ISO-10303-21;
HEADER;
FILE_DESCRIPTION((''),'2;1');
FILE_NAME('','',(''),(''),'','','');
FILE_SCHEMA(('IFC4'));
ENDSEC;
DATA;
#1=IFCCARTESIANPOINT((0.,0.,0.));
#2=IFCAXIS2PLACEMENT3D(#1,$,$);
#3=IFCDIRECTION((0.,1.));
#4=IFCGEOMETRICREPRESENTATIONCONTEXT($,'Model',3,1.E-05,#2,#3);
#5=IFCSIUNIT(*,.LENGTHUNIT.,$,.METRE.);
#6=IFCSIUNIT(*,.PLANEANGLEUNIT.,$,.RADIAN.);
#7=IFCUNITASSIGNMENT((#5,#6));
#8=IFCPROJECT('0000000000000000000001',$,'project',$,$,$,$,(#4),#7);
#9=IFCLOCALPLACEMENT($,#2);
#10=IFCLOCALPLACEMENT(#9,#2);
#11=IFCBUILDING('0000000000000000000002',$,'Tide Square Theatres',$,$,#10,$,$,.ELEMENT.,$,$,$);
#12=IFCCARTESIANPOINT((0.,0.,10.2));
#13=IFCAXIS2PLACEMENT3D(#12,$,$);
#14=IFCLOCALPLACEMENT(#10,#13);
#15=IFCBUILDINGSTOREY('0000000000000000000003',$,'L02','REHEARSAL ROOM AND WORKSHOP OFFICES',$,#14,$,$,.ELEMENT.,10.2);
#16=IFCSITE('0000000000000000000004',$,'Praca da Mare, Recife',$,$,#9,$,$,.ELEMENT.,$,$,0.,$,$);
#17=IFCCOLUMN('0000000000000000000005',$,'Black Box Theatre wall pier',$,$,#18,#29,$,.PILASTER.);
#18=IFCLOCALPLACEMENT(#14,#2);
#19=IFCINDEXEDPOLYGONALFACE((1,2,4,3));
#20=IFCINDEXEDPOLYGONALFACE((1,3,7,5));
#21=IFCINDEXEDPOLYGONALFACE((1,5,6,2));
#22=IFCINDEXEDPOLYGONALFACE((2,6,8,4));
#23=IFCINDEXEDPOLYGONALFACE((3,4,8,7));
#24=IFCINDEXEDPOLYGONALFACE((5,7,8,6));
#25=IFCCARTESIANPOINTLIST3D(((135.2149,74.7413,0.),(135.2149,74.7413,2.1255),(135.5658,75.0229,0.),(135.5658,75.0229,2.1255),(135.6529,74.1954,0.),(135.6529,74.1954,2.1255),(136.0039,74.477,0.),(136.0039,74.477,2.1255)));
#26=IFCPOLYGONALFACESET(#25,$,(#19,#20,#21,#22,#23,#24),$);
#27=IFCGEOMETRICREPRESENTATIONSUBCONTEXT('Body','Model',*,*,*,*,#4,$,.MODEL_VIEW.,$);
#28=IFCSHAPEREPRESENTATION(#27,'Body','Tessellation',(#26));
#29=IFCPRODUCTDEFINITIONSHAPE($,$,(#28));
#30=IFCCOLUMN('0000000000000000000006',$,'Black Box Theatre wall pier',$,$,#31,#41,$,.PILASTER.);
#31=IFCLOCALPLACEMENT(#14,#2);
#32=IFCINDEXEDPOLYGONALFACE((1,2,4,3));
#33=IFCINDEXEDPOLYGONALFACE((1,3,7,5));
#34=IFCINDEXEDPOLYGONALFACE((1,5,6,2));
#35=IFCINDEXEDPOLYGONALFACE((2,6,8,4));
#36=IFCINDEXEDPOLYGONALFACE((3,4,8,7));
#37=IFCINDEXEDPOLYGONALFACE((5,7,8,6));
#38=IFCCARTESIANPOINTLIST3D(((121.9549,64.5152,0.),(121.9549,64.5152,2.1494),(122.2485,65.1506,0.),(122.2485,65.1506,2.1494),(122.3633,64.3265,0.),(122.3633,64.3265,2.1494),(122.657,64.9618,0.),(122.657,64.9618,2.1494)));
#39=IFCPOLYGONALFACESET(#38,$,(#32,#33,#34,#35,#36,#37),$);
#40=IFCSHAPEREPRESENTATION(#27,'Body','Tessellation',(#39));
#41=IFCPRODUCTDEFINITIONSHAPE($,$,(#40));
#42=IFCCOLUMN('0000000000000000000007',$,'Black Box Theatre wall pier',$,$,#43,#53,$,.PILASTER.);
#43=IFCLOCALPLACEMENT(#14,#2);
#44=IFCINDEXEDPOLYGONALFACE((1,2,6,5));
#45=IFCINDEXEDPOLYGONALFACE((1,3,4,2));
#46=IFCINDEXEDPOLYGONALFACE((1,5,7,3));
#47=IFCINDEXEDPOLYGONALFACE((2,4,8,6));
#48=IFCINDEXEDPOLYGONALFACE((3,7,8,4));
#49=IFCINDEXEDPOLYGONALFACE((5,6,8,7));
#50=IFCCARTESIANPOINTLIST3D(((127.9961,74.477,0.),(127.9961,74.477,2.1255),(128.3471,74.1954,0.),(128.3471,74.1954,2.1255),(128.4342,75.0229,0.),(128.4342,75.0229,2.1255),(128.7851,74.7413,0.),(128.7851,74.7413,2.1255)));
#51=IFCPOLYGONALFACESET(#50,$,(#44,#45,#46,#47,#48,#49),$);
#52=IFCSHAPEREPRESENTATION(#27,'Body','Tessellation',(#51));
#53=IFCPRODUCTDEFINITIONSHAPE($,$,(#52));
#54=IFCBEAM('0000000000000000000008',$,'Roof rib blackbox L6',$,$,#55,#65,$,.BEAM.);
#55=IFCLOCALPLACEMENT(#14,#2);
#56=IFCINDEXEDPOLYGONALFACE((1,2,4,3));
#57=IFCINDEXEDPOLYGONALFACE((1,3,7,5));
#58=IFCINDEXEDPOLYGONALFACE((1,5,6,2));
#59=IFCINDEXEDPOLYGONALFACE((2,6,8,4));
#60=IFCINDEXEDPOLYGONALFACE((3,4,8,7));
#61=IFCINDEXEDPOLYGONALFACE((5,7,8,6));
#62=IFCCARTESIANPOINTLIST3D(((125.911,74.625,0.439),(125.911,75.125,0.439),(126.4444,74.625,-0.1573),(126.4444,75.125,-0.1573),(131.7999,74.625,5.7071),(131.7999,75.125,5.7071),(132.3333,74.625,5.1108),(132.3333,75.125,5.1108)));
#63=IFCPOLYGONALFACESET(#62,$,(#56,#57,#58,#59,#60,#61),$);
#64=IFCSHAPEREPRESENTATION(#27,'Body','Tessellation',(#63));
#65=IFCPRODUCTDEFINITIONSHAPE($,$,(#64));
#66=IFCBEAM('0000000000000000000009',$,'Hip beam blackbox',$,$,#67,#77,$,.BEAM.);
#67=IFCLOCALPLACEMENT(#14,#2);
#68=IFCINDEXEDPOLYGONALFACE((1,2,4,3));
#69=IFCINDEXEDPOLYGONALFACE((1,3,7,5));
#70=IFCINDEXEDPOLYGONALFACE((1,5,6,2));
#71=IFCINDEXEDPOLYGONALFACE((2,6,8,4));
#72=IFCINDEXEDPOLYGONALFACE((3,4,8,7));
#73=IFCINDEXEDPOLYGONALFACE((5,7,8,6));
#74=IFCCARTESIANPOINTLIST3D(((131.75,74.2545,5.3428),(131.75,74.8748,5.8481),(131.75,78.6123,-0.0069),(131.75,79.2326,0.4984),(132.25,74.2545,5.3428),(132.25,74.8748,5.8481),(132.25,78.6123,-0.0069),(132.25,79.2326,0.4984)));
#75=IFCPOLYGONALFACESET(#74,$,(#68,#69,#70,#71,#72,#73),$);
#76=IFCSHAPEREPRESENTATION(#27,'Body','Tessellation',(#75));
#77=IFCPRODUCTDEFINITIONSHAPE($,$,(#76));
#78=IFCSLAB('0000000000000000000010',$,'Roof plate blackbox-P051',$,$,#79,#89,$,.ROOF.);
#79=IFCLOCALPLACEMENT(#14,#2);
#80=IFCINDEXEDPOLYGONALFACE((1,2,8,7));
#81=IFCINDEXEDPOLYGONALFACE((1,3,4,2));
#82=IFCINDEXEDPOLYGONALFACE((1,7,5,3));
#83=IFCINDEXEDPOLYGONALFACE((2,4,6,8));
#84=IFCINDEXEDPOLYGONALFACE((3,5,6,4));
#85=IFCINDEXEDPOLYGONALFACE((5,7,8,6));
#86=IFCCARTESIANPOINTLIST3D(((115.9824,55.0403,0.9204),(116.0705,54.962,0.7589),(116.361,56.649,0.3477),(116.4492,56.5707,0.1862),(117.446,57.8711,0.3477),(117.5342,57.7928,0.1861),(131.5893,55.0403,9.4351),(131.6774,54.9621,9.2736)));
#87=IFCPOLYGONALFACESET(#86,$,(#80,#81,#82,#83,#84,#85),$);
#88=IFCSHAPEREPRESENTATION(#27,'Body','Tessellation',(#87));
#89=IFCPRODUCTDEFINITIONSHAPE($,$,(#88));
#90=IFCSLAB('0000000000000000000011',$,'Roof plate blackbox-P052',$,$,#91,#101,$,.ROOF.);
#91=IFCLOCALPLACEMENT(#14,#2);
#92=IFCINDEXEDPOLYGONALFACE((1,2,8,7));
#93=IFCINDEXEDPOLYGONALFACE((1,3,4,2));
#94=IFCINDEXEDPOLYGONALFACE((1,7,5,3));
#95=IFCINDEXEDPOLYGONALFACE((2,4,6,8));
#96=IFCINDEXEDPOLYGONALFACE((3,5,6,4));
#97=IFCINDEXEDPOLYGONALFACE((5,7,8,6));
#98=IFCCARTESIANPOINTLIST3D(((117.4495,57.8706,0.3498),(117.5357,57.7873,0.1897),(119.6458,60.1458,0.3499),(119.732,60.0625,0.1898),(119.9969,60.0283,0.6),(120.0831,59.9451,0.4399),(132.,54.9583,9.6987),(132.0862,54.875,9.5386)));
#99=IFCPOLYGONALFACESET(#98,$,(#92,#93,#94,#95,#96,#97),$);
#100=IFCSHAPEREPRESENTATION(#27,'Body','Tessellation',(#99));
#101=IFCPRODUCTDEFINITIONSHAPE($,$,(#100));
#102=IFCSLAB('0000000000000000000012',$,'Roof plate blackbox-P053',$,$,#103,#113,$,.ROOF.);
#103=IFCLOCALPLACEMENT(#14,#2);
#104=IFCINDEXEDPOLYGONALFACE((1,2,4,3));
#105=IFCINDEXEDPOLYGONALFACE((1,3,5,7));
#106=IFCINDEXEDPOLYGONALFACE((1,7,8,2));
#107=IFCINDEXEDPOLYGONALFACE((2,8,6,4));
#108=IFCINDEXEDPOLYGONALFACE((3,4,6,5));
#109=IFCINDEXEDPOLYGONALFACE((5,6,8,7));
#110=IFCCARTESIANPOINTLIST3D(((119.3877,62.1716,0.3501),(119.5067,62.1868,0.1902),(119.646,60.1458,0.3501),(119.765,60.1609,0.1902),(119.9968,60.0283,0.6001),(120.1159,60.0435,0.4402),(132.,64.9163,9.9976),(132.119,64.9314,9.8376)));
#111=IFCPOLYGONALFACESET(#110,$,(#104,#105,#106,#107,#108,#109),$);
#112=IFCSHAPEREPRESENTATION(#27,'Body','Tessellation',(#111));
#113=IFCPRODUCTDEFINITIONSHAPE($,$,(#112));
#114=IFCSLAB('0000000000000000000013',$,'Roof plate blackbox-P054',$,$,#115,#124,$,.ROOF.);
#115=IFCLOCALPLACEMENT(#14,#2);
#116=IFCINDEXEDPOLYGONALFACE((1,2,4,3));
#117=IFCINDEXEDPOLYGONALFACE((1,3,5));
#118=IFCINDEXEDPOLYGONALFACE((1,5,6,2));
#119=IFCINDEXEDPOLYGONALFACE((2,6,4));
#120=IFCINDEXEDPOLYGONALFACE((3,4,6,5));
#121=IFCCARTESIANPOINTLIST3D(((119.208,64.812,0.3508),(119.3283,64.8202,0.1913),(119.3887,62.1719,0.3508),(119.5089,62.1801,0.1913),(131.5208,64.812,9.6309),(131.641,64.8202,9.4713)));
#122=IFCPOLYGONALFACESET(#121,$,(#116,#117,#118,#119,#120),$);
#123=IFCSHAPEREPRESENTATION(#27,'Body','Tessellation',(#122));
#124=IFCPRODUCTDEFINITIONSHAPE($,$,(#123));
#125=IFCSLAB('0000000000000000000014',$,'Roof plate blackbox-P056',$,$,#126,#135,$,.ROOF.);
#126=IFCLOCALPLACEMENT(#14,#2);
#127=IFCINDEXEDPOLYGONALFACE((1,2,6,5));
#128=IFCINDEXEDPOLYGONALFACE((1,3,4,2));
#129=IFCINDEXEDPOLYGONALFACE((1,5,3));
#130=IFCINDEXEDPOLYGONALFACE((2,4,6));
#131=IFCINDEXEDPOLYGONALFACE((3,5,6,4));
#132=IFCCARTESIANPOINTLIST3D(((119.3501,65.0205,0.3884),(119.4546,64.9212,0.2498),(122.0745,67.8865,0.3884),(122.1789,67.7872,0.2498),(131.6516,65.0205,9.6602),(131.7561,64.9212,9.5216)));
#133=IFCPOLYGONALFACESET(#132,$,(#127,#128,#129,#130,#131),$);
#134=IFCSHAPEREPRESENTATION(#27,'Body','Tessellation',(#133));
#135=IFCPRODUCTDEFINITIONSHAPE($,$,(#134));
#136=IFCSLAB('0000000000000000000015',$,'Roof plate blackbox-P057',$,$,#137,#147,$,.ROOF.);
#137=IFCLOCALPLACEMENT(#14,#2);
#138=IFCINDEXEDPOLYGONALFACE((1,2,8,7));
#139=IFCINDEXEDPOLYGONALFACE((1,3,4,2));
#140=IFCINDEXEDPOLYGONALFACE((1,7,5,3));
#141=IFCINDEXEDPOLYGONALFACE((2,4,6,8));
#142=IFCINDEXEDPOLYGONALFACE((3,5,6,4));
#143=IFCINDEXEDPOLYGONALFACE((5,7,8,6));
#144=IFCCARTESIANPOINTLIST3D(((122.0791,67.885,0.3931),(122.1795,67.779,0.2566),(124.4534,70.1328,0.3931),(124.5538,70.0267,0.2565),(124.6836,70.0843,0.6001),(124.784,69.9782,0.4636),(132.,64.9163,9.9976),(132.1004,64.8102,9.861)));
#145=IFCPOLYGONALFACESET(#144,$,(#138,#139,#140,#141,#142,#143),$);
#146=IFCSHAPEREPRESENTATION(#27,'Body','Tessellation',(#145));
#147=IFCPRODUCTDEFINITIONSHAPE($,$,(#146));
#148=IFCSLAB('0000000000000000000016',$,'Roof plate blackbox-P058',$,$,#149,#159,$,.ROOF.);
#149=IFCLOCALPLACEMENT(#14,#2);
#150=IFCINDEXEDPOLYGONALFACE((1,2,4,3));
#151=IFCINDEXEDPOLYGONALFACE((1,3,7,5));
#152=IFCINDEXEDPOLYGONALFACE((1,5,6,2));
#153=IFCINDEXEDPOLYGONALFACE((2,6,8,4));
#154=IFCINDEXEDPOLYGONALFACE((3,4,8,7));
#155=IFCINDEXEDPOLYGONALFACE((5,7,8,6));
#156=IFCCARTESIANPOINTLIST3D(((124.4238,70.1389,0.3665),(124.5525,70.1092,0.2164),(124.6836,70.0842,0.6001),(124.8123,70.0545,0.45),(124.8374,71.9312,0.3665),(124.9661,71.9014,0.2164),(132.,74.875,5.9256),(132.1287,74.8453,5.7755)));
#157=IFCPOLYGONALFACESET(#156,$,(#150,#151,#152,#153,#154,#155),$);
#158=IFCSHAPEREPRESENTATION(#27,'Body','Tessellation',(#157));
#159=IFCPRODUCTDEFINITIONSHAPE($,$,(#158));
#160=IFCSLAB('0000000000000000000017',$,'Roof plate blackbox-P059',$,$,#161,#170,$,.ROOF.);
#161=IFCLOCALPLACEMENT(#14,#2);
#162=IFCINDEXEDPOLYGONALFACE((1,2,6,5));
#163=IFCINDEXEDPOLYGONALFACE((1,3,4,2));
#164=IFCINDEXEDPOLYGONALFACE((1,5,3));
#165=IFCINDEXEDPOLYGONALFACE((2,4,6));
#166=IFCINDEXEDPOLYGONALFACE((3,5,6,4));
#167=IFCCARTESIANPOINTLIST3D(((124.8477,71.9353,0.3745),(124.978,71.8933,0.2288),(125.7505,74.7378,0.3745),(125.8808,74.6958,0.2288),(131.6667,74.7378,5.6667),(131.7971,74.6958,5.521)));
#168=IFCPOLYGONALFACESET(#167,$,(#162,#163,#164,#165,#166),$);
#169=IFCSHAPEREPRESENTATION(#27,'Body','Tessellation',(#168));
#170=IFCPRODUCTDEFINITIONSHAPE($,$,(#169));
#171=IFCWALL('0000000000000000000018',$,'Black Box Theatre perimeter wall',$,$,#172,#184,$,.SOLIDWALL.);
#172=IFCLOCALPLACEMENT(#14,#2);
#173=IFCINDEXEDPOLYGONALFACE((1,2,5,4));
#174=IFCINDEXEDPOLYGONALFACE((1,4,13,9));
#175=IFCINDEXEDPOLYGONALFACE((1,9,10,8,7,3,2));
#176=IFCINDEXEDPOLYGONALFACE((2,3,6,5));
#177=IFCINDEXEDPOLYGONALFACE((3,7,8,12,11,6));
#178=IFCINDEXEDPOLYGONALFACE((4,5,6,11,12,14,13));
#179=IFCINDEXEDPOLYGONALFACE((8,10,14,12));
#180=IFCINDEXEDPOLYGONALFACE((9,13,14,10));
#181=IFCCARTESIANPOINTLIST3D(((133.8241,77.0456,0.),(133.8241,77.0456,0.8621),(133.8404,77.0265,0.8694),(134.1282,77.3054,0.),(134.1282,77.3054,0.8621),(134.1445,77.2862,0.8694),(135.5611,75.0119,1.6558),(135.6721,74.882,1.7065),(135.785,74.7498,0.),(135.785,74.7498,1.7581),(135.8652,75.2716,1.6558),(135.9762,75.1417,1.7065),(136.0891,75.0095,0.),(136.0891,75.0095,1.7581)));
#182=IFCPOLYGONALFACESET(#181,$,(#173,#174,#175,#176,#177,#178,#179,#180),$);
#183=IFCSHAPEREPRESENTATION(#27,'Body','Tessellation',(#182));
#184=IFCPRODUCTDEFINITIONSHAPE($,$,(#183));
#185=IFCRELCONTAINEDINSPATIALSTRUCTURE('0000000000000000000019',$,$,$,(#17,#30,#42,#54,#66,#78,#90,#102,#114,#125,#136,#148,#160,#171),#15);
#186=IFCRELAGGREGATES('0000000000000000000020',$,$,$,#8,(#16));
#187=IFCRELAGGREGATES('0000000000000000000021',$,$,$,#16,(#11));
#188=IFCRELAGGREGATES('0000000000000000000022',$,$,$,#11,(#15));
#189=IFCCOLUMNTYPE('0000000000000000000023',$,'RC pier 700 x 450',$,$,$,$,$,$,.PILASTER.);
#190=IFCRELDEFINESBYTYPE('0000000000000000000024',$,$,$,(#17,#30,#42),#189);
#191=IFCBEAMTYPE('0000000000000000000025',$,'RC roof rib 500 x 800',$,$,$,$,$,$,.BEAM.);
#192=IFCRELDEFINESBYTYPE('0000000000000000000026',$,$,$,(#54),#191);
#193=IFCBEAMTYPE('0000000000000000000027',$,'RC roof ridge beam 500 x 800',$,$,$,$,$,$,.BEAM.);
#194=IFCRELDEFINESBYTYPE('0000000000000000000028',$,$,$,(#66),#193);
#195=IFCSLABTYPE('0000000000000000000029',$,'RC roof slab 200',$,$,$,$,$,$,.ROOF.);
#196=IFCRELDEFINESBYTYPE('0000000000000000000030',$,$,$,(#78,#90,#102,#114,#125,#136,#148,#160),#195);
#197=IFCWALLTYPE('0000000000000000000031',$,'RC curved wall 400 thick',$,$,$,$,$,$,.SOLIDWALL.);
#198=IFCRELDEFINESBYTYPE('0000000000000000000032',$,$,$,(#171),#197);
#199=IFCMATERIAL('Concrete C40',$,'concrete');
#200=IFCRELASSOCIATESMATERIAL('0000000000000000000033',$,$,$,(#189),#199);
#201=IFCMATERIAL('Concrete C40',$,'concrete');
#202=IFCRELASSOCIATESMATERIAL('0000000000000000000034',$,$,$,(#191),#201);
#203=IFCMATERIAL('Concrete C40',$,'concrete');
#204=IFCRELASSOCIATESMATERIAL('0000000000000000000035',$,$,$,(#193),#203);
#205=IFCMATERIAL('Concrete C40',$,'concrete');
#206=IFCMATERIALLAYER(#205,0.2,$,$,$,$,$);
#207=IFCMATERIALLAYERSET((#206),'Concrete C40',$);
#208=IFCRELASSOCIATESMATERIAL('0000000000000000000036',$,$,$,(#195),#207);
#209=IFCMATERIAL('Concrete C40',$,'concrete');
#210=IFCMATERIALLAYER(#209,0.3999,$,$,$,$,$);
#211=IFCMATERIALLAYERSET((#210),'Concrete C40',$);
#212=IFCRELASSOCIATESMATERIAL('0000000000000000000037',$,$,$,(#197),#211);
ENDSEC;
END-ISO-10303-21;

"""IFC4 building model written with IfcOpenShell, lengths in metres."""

from ifc_helpers import new_model, si_unit, direction, frame, origin, origin_2d, place, context, subcontext, project, spatial, polyline, rectangle, outline, extrude, material, layer, layer_set, material_profile, profile_set, type_object, element, save


model = new_model("IFC4")

# Units and contexts
model_context = context("Model", 3, precision=1e-05, world=origin(), true_north=direction((0.0, 1.0)))
body_context = subcontext(model_context, "Body", "Model", "MODEL_VIEW")
ifc_project = project(units=[si_unit("LENGTHUNIT", "METRE"), si_unit("PLANEANGLEUNIT", "RADIAN")], contexts=[model_context])

# Site, building, storey
site_placement = place(None, origin())
site = spatial("IfcSite", under=ifc_project, at=site_placement, Name="Praca da Mare, Recife", CompositionType="ELEMENT", RefElevation=0.0)
building_placement = place(site_placement, origin())
building = spatial("IfcBuilding", under=site, at=building_placement, Name="Tide Square Theatres", CompositionType="ELEMENT")
storey_placement = place(building_placement, frame((0.0, 0.0, 10.2)))
storey = spatial("IfcBuildingStorey", under=building, at=storey_placement, Name="L02", Description="REHEARSAL ROOM AND WORKSHOP OFFICES", CompositionType="ELEMENT", Elevation=10.2)

# Columns
ifc_material_1 = material(Name="Concrete C40", Category="concrete")
ifc_material_profile_1 = material_profile(ifc_material_1, rectangle(XDim=0.7, YDim=0.45, at=origin_2d()))
ifc_profile_set_1 = profile_set([ifc_material_profile_1], Name="Concrete C40")
column_type = type_object("IfcColumnType", Name="RC pier 700 x 450", PredefinedType="PILASTER", material=ifc_profile_set_1)
column_1_placement = place(storey_placement, frame((135.6094, 74.6091, 0.0), z_axis=(0.0, 0.0, 1.0), x_axis=(-0.625819, 0.779968, 0.0)))
element("IfcColumn", 1, at=column_1_placement, inside=storey, type_object=column_type, Name="Black Box Theatre wall pier", PredefinedType="PILASTER", context=body_context, shape_type="SweptSolid", body=[
    extrude(rectangle(XDim=0.7, YDim=0.45, at=origin_2d()), origin(), (0.0, 0.0, 1.0), 2.1255),
])
column_2_placement = place(storey_placement, frame((122.3059, 64.7385, 0.0), z_axis=(0.0, 0.0, 1.0), x_axis=(-0.41956, -0.907728, 0.0)))
element("IfcColumn", 2, at=column_2_placement, inside=storey, type_object=column_type, Name="Black Box Theatre wall pier", PredefinedType="PILASTER", context=body_context, shape_type="SweptSolid", body=[
    extrude(rectangle(XDim=0.7, YDim=0.45, at=origin_2d()), origin(), (0.0, 0.0, 1.0), 2.1494),
])
column_3_placement = place(storey_placement, frame((128.3906, 74.6091, 0.0), z_axis=(0.0, 0.0, 1.0), x_axis=(-0.625819, -0.779968, 0.0)))
element("IfcColumn", 3, at=column_3_placement, inside=storey, type_object=column_type, Name="Black Box Theatre wall pier", PredefinedType="PILASTER", context=body_context, shape_type="SweptSolid", body=[
    extrude(rectangle(XDim=0.7, YDim=0.45, at=origin_2d()), origin(), (0.0, 0.0, 1.0), 2.1255),
])

# Beams
ifc_material_2 = material(Name="Concrete C40", Category="concrete")
ifc_material_profile_2 = material_profile(ifc_material_2, rectangle(XDim=0.5, YDim=0.8, at=origin_2d()))
ifc_profile_set_2 = profile_set([ifc_material_profile_2], Name="Concrete C40")
beam_type_1 = type_object("IfcBeamType", Name="RC roof rib 500 x 800", PredefinedType="BEAM", material=ifc_profile_set_2)
beam_1_placement = place(storey_placement, frame((126.1777, 74.875, 0.1409), z_axis=(0.745302, 0.0, 0.666727), x_axis=(0.0, 1.0, 0.0)))
element("IfcBeam", 4, at=beam_1_placement, inside=storey, type_object=beam_type_1, Name="Roof rib blackbox L6", PredefinedType="BEAM", context=body_context, shape_type="SweptSolid", body=[
    extrude(rectangle(XDim=0.5, YDim=0.8, at=origin_2d()), origin(), (0.0, 0.0, 1.0), 7.9014),
])
ifc_material_3 = material(Name="Concrete C40", Category="concrete")
ifc_material_profile_3 = material_profile(ifc_material_3, rectangle(XDim=0.5, YDim=0.8, at=origin_2d()))
ifc_profile_set_3 = profile_set([ifc_material_profile_3], Name="Concrete C40")
beam_type_2 = type_object("IfcBeamType", Name="RC roof ridge beam 500 x 800", PredefinedType="BEAM", material=ifc_profile_set_3)
beam_2_placement = place(storey_placement, frame((132.0, 74.5647, 5.5955), z_axis=(0.0, 0.631562, -0.775325), x_axis=(-1.0, 0.0, 0.0)))
element("IfcBeam", 5, at=beam_2_placement, inside=storey, type_object=beam_type_2, Name="Hip beam blackbox", PredefinedType="BEAM", context=body_context, shape_type="SweptSolid", body=[
    extrude(rectangle(XDim=0.5, YDim=0.8, at=origin_2d()), origin(), (0.0, 0.0, 1.0), 6.8999),
])

# Slabs
ifc_material_4 = material(Name="Concrete C40", Category="concrete")
ifc_layer_1 = layer(ifc_material_4, 0.2)
ifc_layer_set_1 = layer_set([ifc_layer_1], Name="Concrete C40")
slab_type = type_object("IfcSlabType", Name="RC roof slab 200", PredefinedType="ROOF", material=ifc_layer_set_1)
slab_1_placement = place(storey_placement, frame((117.446, 57.8711, 0.3477), z_axis=(-0.440739, 0.391327, 0.807844), x_axis=(-0.663904, -0.747818, 0.000041)))
element("IfcSlab", 6, at=slab_1_placement, inside=storey, type_object=slab_type, Name="Roof plate blackbox-P051", PredefinedType="ROOF", context=body_context, shape_type="SweptSolid", body=[
    extrude(outline(polyline([(0.0, 0.0), (1.6343, 0.0), (3.0887, 0.9716), (-7.2725, 15.4188), (0.0, 0.0)])), origin(), (0.0, 0.0, -1.0), 0.2),
])
slab_2_placement = place(storey_placement, frame((119.6458, 60.1458, 0.3499), z_axis=(-0.431121, 0.416122, 0.80061), x_axis=(-0.694511, -0.719482, -0.000032)))
element("IfcSlab", 7, at=slab_2_placement, inside=storey, type_object=slab_type, Name="Roof plate blackbox-P052", PredefinedType="ROOF", context=body_context, shape_type="SweptSolid", body=[
    extrude(outline(polyline([(0.0, 0.0), (3.1623, 0.0), (-4.8481, 15.6024), (-0.1593, 0.4175), (0.0, 0.0)])), origin(), (0.0, 0.0, -1.0), 0.2),
])
slab_3_placement = place(storey_placement, frame((119.9968, 60.0283, 0.6001), z_axis=(-0.595337, -0.075895, 0.799884), x_axis=(0.749787, 0.305329, 0.587021)))
element("IfcSlab", 8, at=slab_3_placement, inside=storey, type_object=slab_type, Name="Roof plate blackbox-P053", PredefinedType="ROOF", context=body_context, shape_type="SweptSolid", body=[
    extrude(outline(polyline([(0.0, 0.0), (16.0088, 0.0), (0.0509, 2.2416), (-0.3739, 0.244), (0.0, 0.0)])), origin(), (0.0, 0.0, -1.0), 0.2),
])
slab_4_placement = place(storey_placement, frame((119.208, 64.812, 0.3508), z_axis=(-0.601376, -0.041152, 0.797906), x_axis=(0.06827, -0.997667, 0.0)))
element("IfcSlab", 9, at=slab_4_placement, inside=storey, type_object=slab_type, Name="Roof plate blackbox-P054", PredefinedType="ROOF", context=body_context, shape_type="SweptSolid", body=[
    extrude(outline(polyline([(0.0, 0.0), (2.6463, 0.0), (0.8406, 15.3953), (0.0, 0.0)])), origin(), (0.0, 0.0, -1.0), 0.2),
])
slab_5_placement = place(storey_placement, frame((122.0745, 67.8865, 0.3884), z_axis=(-0.522426, 0.496614, 0.693142), x_axis=(-0.688975, -0.724785, 0.0)))
element("IfcSlab", 10, at=slab_5_placement, inside=storey, type_object=slab_type, Name="Roof plate blackbox-P056", PredefinedType="ROOF", context=body_context, shape_type="SweptSolid", body=[
    extrude(outline(polyline([(0.0, 0.0), (3.9542, 0.0), (-4.5212, 12.8631), (0.0, 0.0)])), origin(), (0.0, 0.0, -1.0), 0.2),
])
slab_6_placement = place(storey_placement, frame((124.4534, 70.1328, 0.3931), z_axis=(-0.502272, 0.530551, 0.682817), x_axis=(-0.726189, -0.687495, 0.00001)))
element("IfcSlab", 11, at=slab_6_placement, inside=storey, type_object=slab_type, Name="Roof plate blackbox-P057", PredefinedType="ROOF", context=body_context, shape_type="SweptSolid", body=[
    extrude(outline(polyline([(0.0, 0.0), (3.2695, 0.0), (-1.8938, 13.1462), (-0.1338, 0.2834), (0.0, 0.0)])), origin(), (0.0, 0.0, -1.0), 0.2),
])
slab_7_placement = place(storey_placement, frame((124.6836, 70.0842, 0.6001), z_axis=(-0.643714, 0.148574, 0.750705), x_axis=(0.714544, 0.467885, 0.520106)))
element("IfcSlab", 12, at=slab_7_placement, inside=storey, type_object=slab_type, Name="Roof plate blackbox-P058", PredefinedType="ROOF", context=body_context, shape_type="SweptSolid", body=[
    extrude(outline(polyline([(0.0, 0.0), (10.2392, 0.0), (0.8525, 1.6621), (-0.2815, 0.214), (0.0, 0.0)])), origin(), (0.0, 0.0, -1.0), 0.2),
])
slab_8_placement = place(storey_placement, frame((125.7505, 74.7378, 0.3745), z_axis=(-0.651841, 0.209993, 0.728702), x_axis=(-0.306635, -0.951827, 0.0)))
element("IfcSlab", 13, at=slab_8_placement, inside=storey, type_object=slab_type, Name="Roof plate blackbox-P059", PredefinedType="ROOF", context=body_context, shape_type="SweptSolid", body=[
    extrude(outline(polyline([(0.0, 0.0), (2.9443, 0.0), (-1.8141, 7.7278), (0.0, 0.0)])), origin(), (0.0, 0.0, -1.0), 0.2),
])

# Wall
ifc_material_5 = material(Name="Concrete C40", Category="concrete")
ifc_layer_2 = layer(ifc_material_5, 0.3999)
ifc_layer_set_2 = layer_set([ifc_layer_2], Name="Concrete C40")
wall_type = type_object("IfcWallType", Name="RC curved wall 400 thick", PredefinedType="SOLIDWALL", material=ifc_layer_set_2)
wall_1_placement = place(storey_placement, frame((135.937, 74.8796, 0.0), z_axis=(0.0, 0.0, 1.0), x_axis=(-0.649459, 0.760397, 0.0)))
element("IfcWall", 14, at=wall_1_placement, inside=storey, type_object=wall_type, Name="Black Box Theatre perimeter wall", PredefinedType="SOLIDWALL", context=body_context, shape_type="SweptSolid", body=[
    extrude(outline(polyline([(0.0, 0.0), (3.0193, 0.0), (3.0193, 0.8621), (2.9941, 0.8694), (0.3447, 1.6558), (0.1738, 1.7065), (0.0, 1.7581), (0.0, 0.0)])), frame((0.0, 0.2, 0.0), z_axis=(0.0, -1.0, 0.0), x_axis=(1.0, 0.0, 0.0)), (0.0, 0.0, 1.0), 0.3999),
])

save(model, "model.ifc")
